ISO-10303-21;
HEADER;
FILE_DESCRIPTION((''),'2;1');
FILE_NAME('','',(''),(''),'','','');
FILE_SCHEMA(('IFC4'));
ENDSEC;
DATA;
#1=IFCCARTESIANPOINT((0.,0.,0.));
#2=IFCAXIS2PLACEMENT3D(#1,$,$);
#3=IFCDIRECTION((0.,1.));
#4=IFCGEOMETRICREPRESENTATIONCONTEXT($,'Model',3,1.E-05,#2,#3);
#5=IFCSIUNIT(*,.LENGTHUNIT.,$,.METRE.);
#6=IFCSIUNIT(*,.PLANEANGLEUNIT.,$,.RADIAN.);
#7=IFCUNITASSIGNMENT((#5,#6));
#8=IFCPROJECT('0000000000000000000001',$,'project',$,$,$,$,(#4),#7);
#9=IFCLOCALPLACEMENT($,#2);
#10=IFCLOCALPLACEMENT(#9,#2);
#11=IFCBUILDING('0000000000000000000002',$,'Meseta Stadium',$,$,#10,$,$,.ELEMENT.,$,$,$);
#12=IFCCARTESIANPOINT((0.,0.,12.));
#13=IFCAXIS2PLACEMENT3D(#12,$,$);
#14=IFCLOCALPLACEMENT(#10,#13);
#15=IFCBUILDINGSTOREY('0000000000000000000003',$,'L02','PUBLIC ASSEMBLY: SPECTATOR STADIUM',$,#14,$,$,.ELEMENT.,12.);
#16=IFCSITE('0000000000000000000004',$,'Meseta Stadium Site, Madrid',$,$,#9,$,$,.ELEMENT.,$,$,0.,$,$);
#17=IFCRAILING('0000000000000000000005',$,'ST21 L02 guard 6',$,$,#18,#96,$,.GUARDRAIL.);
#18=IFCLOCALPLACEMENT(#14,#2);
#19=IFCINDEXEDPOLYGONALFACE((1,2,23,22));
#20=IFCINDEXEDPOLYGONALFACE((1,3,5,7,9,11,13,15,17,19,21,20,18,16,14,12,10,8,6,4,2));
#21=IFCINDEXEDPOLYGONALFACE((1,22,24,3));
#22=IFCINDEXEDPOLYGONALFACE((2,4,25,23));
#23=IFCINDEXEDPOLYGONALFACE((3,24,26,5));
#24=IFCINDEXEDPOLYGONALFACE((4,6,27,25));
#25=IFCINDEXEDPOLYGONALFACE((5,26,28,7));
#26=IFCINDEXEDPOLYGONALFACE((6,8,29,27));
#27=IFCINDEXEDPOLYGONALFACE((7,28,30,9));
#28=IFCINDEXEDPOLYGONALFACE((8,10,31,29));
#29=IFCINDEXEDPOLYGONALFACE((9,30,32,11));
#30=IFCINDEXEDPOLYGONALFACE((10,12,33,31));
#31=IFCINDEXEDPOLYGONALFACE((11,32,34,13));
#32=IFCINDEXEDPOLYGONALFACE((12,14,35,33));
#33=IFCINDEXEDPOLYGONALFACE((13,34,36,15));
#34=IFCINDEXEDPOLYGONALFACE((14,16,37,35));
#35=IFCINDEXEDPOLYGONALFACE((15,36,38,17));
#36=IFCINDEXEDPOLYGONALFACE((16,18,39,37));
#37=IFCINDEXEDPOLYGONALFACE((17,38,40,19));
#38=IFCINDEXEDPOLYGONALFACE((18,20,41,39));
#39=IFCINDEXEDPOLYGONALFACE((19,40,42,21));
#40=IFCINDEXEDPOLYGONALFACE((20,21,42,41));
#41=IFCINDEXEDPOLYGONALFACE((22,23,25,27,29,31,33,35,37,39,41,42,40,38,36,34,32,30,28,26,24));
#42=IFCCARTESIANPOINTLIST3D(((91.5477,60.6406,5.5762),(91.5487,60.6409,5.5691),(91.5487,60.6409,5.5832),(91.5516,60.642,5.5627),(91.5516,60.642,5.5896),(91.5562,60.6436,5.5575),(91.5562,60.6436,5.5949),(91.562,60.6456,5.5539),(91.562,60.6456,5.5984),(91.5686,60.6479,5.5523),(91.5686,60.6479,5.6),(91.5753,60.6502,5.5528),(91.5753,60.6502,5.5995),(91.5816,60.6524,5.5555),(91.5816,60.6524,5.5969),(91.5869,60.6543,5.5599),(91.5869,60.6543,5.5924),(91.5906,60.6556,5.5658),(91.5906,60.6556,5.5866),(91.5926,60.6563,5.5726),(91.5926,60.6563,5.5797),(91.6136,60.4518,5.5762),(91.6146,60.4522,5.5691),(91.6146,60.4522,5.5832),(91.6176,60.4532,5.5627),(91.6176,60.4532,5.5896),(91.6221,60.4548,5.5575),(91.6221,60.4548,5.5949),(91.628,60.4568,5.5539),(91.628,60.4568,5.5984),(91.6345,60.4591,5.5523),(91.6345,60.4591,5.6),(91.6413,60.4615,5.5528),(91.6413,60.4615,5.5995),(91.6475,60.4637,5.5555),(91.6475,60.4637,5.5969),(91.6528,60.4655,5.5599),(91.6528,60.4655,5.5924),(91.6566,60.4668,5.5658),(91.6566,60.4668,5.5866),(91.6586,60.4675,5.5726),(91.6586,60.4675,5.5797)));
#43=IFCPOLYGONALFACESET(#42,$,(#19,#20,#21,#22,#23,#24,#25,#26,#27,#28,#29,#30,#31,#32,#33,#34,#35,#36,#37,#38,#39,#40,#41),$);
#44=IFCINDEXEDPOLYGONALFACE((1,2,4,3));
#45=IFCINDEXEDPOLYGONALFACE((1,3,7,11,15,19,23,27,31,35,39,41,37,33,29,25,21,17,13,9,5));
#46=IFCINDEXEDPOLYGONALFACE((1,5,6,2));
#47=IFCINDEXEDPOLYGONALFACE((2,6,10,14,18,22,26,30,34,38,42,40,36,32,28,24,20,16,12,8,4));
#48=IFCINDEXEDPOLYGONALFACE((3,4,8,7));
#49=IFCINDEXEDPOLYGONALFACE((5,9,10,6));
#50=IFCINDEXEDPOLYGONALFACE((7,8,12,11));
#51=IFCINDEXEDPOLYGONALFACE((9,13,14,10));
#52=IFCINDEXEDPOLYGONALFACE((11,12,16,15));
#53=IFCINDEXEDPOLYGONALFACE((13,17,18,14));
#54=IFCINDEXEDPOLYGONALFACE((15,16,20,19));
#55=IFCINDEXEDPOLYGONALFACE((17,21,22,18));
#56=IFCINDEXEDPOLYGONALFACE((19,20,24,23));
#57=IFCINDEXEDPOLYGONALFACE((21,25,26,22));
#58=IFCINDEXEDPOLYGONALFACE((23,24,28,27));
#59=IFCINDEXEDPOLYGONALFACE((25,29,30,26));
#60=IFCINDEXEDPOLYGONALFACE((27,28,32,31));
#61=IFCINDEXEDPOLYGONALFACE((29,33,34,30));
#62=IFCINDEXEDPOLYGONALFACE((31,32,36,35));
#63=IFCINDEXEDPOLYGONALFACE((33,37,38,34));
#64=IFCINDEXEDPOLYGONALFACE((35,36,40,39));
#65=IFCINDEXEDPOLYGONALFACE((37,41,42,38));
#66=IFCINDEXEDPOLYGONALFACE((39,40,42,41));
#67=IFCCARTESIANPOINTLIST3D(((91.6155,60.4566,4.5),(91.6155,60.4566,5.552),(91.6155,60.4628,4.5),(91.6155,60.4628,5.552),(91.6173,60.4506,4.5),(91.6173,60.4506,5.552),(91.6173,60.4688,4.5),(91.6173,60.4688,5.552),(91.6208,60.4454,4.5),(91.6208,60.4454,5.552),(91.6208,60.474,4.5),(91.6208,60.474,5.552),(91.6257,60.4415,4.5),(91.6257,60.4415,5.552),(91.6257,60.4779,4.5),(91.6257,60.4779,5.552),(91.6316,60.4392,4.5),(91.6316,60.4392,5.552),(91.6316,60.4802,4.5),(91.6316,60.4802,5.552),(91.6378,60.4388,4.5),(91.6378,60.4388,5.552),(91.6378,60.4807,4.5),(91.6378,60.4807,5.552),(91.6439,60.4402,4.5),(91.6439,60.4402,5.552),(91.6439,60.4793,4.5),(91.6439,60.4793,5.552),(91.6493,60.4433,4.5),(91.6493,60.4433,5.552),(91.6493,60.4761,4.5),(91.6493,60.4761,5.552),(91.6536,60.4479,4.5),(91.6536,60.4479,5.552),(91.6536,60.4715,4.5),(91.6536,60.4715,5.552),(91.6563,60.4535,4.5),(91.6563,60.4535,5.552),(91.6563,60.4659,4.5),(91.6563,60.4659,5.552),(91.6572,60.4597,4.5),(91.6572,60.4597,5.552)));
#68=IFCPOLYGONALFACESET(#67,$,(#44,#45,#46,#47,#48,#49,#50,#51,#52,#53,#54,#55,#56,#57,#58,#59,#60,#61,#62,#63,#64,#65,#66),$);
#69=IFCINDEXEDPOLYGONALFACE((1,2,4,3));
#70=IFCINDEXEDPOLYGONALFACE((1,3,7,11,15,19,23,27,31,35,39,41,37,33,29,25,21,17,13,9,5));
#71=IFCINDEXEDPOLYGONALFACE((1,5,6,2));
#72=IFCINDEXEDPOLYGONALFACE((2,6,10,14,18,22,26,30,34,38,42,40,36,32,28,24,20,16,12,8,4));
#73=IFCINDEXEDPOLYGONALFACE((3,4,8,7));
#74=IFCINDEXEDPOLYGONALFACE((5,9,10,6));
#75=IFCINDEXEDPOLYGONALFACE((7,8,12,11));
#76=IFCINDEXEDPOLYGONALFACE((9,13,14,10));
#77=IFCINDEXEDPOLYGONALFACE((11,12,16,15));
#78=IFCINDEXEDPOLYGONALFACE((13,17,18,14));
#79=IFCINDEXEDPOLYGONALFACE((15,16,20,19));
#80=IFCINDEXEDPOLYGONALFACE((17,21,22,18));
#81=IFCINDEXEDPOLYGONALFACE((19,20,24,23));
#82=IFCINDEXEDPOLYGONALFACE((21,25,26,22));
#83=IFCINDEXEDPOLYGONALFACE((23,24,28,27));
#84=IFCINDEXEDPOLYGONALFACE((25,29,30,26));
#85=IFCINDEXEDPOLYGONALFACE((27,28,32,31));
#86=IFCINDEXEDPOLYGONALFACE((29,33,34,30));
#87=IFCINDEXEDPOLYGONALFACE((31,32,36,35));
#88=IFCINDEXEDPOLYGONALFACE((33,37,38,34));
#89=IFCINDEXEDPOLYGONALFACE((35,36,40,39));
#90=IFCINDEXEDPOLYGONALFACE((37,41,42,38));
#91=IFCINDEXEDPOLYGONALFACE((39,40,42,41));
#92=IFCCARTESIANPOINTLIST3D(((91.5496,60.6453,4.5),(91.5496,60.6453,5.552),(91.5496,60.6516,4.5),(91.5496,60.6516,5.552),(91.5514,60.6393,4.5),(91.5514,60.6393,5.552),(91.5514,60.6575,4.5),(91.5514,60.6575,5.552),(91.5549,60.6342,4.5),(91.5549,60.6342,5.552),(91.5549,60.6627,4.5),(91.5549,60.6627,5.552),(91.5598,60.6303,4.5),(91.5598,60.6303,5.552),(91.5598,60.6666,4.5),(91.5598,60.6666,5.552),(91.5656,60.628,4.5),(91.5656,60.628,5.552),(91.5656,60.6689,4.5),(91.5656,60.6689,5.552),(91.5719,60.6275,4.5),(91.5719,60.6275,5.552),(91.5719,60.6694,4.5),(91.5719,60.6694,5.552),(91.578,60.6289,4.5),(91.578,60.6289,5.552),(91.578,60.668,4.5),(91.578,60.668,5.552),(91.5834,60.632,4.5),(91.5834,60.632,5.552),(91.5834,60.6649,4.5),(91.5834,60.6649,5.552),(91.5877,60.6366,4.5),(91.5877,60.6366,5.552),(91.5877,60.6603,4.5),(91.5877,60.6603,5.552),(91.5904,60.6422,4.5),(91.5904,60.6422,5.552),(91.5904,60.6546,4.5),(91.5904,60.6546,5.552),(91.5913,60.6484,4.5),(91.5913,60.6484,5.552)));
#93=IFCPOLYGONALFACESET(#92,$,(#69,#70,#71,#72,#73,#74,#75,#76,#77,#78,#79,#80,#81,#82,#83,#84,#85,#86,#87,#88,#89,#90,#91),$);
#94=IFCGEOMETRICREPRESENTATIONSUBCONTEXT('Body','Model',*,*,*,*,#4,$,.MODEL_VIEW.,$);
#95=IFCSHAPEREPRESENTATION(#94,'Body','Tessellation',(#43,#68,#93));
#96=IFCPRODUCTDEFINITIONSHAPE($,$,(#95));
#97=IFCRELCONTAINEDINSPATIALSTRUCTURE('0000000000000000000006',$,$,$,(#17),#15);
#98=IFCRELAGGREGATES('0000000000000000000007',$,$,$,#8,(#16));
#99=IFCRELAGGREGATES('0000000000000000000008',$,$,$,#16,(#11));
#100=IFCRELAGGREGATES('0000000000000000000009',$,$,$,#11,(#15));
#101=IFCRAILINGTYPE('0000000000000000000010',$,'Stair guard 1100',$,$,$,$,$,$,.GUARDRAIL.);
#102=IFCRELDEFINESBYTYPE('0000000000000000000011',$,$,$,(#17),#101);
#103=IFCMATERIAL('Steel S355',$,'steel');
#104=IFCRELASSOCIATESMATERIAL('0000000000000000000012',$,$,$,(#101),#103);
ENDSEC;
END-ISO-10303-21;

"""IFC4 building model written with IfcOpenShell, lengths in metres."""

from ifc_helpers import new_model, si_unit, direction, frame, origin, origin_2d, place, context, subcontext, project, spatial, circle, extrude, material, type_object, element, save


model = new_model("IFC4")

# Units and contexts
model_context = context("Model", 3, precision=1e-05, world=origin(), true_north=direction((0.0, 1.0)))
body_context = subcontext(model_context, "Body", "Model", "MODEL_VIEW")
ifc_project = project(units=[si_unit("LENGTHUNIT", "METRE"), si_unit("PLANEANGLEUNIT", "RADIAN")], contexts=[model_context])

# Site, building, storey
site_placement = place(None, origin())
site = spatial("IfcSite", under=ifc_project, at=site_placement, Name="Meseta Stadium Site, Madrid", CompositionType="ELEMENT", RefElevation=0.0)
building_placement = place(site_placement, origin())
building = spatial("IfcBuilding", under=site, at=building_placement, Name="Meseta Stadium", CompositionType="ELEMENT")
storey_placement = place(building_placement, frame((0.0, 0.0, 12.0)))
storey = spatial("IfcBuildingStorey", under=building, at=storey_placement, Name="L02", Description="PUBLIC ASSEMBLY: SPECTATOR STADIUM", CompositionType="ELEMENT", Elevation=12.0)

# Railing
ifc_material_1 = material(Name="Steel S355", Category="steel")
railing_type_1 = type_object("IfcRailingType", Name="Stair guard 1100", PredefinedType="GUARDRAIL", material=ifc_material_1)
railing_1_placement = place(storey_placement, frame((91.6362, 60.4597, 4.5)))
element("IfcRailing", 1, at=railing_1_placement, inside=storey, type_object=railing_type_1, Name="ST21 L02 guard 6", PredefinedType="GUARDRAIL", context=body_context, shape_type="SweptSolid", body=[
    extrude(circle(Radius=0.0239, at=origin_2d()), frame((0.0, 0.0, 1.0762), z_axis=(-0.329752, 0.944068, 0.0), x_axis=(-0.944068, -0.329752, 0.0)), (0.0, 0.0, 1.0), 0.2),
    extrude(circle(Radius=0.021, at=origin_2d()), origin(), (0.0, 0.0, 1.0), 1.052),
    extrude(circle(Radius=0.021, at=origin_2d()), frame((-0.0659, 0.1887, 0.0)), (0.0, 0.0, 1.0), 1.052),
])

save(model, "model.ifc")
